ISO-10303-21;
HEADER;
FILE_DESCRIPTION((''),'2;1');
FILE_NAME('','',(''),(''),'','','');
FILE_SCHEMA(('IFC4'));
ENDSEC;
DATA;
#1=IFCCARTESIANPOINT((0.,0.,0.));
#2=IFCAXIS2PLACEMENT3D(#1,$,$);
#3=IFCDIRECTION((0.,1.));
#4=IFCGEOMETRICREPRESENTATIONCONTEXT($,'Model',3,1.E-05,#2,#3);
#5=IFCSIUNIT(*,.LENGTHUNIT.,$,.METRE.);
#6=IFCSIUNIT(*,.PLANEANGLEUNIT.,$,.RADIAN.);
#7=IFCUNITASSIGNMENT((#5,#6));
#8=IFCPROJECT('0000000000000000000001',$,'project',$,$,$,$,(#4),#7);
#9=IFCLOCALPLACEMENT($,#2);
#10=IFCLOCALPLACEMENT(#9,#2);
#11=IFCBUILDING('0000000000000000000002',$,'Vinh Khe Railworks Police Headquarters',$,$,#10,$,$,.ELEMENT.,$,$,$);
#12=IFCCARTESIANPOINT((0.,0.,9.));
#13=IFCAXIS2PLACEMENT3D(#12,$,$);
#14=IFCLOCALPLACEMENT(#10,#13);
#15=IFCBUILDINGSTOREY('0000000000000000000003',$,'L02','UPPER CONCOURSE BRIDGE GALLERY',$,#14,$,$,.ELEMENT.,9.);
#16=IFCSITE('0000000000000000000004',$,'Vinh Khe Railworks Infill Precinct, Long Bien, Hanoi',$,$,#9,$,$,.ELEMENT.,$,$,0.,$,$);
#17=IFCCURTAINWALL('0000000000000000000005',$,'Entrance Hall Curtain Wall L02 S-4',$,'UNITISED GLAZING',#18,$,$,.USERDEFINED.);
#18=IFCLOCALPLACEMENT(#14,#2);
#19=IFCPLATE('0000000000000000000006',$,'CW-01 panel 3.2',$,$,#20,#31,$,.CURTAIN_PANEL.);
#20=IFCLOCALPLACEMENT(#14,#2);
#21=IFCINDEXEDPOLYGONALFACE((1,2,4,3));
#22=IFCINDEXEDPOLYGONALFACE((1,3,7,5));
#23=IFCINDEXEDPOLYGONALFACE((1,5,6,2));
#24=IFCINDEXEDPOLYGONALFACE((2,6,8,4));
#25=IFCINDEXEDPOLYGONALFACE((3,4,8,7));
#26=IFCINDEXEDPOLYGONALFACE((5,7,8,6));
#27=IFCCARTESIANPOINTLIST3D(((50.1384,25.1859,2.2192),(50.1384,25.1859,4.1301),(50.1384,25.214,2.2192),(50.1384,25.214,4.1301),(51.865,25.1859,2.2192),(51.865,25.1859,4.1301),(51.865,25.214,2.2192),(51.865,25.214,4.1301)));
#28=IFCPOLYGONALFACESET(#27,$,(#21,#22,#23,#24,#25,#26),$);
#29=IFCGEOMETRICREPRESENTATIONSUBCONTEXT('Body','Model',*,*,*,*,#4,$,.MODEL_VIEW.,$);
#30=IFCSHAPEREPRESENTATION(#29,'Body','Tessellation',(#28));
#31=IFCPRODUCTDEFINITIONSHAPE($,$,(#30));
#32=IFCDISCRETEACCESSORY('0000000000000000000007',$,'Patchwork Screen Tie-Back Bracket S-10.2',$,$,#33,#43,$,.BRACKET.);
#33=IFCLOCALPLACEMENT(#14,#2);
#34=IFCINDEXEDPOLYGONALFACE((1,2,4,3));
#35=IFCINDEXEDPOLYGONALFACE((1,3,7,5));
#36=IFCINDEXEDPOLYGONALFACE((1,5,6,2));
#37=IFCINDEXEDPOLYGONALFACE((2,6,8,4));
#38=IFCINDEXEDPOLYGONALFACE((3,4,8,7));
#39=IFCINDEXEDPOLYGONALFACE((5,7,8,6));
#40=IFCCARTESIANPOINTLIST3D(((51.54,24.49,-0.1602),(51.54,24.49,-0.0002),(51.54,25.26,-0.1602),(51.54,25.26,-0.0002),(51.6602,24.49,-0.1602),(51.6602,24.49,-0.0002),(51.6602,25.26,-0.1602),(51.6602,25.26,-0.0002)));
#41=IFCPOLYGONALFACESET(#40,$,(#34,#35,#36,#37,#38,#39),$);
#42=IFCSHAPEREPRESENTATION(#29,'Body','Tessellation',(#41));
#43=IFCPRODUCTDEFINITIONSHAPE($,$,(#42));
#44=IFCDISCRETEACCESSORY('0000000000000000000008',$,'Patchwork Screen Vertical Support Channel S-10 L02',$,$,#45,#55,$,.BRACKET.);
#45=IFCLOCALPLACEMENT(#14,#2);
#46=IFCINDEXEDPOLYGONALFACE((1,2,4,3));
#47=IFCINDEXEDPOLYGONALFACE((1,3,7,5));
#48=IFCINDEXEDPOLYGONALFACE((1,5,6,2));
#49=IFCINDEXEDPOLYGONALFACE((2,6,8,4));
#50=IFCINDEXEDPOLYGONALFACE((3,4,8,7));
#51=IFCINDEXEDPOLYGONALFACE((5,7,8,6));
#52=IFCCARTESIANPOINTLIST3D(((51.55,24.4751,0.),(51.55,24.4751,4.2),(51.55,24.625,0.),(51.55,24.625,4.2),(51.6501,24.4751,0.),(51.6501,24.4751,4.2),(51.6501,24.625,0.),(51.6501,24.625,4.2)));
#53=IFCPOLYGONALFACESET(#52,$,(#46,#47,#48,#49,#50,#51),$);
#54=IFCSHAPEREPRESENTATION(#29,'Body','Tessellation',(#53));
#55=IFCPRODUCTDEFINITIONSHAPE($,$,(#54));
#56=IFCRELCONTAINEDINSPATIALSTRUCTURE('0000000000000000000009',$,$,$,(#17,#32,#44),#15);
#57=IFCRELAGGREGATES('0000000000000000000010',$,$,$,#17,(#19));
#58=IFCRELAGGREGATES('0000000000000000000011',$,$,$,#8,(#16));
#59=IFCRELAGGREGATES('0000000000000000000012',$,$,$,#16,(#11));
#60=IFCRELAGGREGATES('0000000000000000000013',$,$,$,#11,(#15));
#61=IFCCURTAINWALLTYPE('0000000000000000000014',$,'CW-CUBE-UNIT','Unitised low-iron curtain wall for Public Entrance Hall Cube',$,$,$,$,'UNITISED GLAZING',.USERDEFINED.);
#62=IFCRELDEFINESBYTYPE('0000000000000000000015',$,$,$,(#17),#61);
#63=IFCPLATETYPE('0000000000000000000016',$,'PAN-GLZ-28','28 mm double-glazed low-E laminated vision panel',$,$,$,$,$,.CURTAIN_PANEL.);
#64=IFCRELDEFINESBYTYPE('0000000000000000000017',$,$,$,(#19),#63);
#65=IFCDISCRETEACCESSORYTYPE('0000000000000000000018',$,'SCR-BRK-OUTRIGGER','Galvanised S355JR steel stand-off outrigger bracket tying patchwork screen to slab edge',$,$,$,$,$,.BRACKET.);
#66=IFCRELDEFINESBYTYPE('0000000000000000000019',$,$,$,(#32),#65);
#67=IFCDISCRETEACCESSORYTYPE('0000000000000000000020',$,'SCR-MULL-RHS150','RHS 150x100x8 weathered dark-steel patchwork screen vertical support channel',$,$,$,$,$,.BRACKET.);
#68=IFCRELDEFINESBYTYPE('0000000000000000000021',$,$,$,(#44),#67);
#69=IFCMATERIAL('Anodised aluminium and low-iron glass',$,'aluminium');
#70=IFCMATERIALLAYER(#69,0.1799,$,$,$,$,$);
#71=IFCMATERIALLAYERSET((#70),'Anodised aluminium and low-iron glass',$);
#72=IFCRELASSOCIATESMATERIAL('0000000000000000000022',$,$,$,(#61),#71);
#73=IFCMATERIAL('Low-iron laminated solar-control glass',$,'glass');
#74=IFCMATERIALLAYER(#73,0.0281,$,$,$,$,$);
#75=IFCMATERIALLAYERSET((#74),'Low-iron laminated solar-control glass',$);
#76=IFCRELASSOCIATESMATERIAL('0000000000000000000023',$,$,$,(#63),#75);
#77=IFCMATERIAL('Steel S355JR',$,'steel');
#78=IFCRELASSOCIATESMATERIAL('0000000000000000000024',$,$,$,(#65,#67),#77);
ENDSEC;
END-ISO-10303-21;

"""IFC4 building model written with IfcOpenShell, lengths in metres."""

from ifc_helpers import new_model, si_unit, direction, frame, origin, origin_2d, place, context, subcontext, project, spatial, rectangle, extrude, material, layer, layer_set, type_object, element, aggregate, save


model = new_model("IFC4")

# Units and contexts
model_context = context("Model", 3, precision=1e-05, world=origin(), true_north=direction((0.0, 1.0)))
body_context = subcontext(model_context, "Body", "Model", "MODEL_VIEW")
ifc_project = project(units=[si_unit("LENGTHUNIT", "METRE"), si_unit("PLANEANGLEUNIT", "RADIAN")], contexts=[model_context])

# Site, building, storey
site_placement = place(None, origin())
site = spatial("IfcSite", under=ifc_project, at=site_placement, Name="Vinh Khe Railworks Infill Precinct, Long Bien, Hanoi", CompositionType="ELEMENT", RefElevation=0.0)
building_placement = place(site_placement, origin())
building = spatial("IfcBuilding", under=site, at=building_placement, Name="Vinh Khe Railworks Police Headquarters", CompositionType="ELEMENT")
storey_placement = place(building_placement, frame((0.0, 0.0, 9.0)))
storey = spatial("IfcBuildingStorey", under=building, at=storey_placement, Name="L02", Description="UPPER CONCOURSE BRIDGE GALLERY", CompositionType="ELEMENT", Elevation=9.0)

# Shared definitions
ifc_material_1 = material(Name="Steel S355JR", Category="steel")

# Curtain wall
ifc_material_2 = material(Name="Anodised aluminium and low-iron glass", Category="aluminium")
ifc_layer_1 = layer(ifc_material_2, 0.1799)
ifc_layer_set_1 = layer_set([ifc_layer_1], Name="Anodised aluminium and low-iron glass")
curtain_wall_type = type_object("IfcCurtainWallType", Name="CW-CUBE-UNIT", Description="Unitised low-iron curtain wall for Public Entrance Hall Cube", ElementType="UNITISED GLAZING", PredefinedType="USERDEFINED", material=ifc_layer_set_1)
curtain_wall_1_placement = place(storey_placement, origin())
curtain_wall_1 = element("IfcCurtainWall", 1, at=curtain_wall_1_placement, inside=storey, type_object=curtain_wall_type, Name="Entrance Hall Curtain Wall L02 S-4", ObjectType="UNITISED GLAZING", PredefinedType="USERDEFINED")

# Plate
ifc_material_3 = material(Name="Low-iron laminated solar-control glass", Category="glass")
ifc_layer_2 = layer(ifc_material_3, 0.0281)
ifc_layer_set_2 = layer_set([ifc_layer_2], Name="Low-iron laminated solar-control glass")
plate_type = type_object("IfcPlateType", Name="PAN-GLZ-28", Description="28 mm double-glazed low-E laminated vision panel", PredefinedType="CURTAIN_PANEL", material=ifc_layer_set_2)
plate_1_placement = place(storey_placement, frame((51.0017, 25.2, 2.2192), z_axis=(0.0, 0.0, 1.0), x_axis=(1.0, 0.0, 0.0)))
plate_1 = element("IfcPlate", 2, at=plate_1_placement, type_object=plate_type, Name="CW-01 panel 3.2", PredefinedType="CURTAIN_PANEL", context=body_context, shape_type="SweptSolid", body=[
    extrude(rectangle(XDim=1.7266, YDim=0.0281, at=origin_2d()), origin(), (0.0, 0.0, 1.0), 1.9109),
])
aggregate(curtain_wall_1, [plate_1])

# Discrete accessories
discrete_accessory_type_1 = type_object("IfcDiscreteAccessoryType", Name="SCR-BRK-OUTRIGGER", Description="Galvanised S355JR steel stand-off outrigger bracket tying patchwork screen to slab edge", PredefinedType="BRACKET", material=ifc_material_1)
discrete_accessory_1_placement = place(storey_placement, frame((51.6001, 24.875, -0.1602), z_axis=(0.0, 0.0, 1.0), x_axis=(1.0, 0.0, 0.0)))
element("IfcDiscreteAccessory", 3, at=discrete_accessory_1_placement, inside=storey, type_object=discrete_accessory_type_1, Name="Patchwork Screen Tie-Back Bracket S-10.2", PredefinedType="BRACKET", context=body_context, shape_type="SweptSolid", body=[
    extrude(rectangle(XDim=0.1201, YDim=0.77, at=origin_2d()), origin(), (0.0, 0.0, 1.0), 0.1599),
])
discrete_accessory_type_2 = type_object("IfcDiscreteAccessoryType", Name="SCR-MULL-RHS150", Description="RHS 150x100x8 weathered dark-steel patchwork screen vertical support channel", PredefinedType="BRACKET", material=ifc_material_1)
discrete_accessory_2_placement = place(storey_placement, frame((51.6001, 24.55, 0.0), z_axis=(0.0, 0.0, 1.0), x_axis=(1.0, 0.0, 0.0)))
element("IfcDiscreteAccessory", 4, at=discrete_accessory_2_placement, inside=storey, type_object=discrete_accessory_type_2, Name="Patchwork Screen Vertical Support Channel S-10 L02", PredefinedType="BRACKET", context=body_context, shape_type="SweptSolid", body=[
    extrude(rectangle(XDim=0.1001, YDim=0.1499, at=origin_2d()), origin(), (0.0, 0.0, 1.0), 4.2),
])

save(model, "model.ifc")
